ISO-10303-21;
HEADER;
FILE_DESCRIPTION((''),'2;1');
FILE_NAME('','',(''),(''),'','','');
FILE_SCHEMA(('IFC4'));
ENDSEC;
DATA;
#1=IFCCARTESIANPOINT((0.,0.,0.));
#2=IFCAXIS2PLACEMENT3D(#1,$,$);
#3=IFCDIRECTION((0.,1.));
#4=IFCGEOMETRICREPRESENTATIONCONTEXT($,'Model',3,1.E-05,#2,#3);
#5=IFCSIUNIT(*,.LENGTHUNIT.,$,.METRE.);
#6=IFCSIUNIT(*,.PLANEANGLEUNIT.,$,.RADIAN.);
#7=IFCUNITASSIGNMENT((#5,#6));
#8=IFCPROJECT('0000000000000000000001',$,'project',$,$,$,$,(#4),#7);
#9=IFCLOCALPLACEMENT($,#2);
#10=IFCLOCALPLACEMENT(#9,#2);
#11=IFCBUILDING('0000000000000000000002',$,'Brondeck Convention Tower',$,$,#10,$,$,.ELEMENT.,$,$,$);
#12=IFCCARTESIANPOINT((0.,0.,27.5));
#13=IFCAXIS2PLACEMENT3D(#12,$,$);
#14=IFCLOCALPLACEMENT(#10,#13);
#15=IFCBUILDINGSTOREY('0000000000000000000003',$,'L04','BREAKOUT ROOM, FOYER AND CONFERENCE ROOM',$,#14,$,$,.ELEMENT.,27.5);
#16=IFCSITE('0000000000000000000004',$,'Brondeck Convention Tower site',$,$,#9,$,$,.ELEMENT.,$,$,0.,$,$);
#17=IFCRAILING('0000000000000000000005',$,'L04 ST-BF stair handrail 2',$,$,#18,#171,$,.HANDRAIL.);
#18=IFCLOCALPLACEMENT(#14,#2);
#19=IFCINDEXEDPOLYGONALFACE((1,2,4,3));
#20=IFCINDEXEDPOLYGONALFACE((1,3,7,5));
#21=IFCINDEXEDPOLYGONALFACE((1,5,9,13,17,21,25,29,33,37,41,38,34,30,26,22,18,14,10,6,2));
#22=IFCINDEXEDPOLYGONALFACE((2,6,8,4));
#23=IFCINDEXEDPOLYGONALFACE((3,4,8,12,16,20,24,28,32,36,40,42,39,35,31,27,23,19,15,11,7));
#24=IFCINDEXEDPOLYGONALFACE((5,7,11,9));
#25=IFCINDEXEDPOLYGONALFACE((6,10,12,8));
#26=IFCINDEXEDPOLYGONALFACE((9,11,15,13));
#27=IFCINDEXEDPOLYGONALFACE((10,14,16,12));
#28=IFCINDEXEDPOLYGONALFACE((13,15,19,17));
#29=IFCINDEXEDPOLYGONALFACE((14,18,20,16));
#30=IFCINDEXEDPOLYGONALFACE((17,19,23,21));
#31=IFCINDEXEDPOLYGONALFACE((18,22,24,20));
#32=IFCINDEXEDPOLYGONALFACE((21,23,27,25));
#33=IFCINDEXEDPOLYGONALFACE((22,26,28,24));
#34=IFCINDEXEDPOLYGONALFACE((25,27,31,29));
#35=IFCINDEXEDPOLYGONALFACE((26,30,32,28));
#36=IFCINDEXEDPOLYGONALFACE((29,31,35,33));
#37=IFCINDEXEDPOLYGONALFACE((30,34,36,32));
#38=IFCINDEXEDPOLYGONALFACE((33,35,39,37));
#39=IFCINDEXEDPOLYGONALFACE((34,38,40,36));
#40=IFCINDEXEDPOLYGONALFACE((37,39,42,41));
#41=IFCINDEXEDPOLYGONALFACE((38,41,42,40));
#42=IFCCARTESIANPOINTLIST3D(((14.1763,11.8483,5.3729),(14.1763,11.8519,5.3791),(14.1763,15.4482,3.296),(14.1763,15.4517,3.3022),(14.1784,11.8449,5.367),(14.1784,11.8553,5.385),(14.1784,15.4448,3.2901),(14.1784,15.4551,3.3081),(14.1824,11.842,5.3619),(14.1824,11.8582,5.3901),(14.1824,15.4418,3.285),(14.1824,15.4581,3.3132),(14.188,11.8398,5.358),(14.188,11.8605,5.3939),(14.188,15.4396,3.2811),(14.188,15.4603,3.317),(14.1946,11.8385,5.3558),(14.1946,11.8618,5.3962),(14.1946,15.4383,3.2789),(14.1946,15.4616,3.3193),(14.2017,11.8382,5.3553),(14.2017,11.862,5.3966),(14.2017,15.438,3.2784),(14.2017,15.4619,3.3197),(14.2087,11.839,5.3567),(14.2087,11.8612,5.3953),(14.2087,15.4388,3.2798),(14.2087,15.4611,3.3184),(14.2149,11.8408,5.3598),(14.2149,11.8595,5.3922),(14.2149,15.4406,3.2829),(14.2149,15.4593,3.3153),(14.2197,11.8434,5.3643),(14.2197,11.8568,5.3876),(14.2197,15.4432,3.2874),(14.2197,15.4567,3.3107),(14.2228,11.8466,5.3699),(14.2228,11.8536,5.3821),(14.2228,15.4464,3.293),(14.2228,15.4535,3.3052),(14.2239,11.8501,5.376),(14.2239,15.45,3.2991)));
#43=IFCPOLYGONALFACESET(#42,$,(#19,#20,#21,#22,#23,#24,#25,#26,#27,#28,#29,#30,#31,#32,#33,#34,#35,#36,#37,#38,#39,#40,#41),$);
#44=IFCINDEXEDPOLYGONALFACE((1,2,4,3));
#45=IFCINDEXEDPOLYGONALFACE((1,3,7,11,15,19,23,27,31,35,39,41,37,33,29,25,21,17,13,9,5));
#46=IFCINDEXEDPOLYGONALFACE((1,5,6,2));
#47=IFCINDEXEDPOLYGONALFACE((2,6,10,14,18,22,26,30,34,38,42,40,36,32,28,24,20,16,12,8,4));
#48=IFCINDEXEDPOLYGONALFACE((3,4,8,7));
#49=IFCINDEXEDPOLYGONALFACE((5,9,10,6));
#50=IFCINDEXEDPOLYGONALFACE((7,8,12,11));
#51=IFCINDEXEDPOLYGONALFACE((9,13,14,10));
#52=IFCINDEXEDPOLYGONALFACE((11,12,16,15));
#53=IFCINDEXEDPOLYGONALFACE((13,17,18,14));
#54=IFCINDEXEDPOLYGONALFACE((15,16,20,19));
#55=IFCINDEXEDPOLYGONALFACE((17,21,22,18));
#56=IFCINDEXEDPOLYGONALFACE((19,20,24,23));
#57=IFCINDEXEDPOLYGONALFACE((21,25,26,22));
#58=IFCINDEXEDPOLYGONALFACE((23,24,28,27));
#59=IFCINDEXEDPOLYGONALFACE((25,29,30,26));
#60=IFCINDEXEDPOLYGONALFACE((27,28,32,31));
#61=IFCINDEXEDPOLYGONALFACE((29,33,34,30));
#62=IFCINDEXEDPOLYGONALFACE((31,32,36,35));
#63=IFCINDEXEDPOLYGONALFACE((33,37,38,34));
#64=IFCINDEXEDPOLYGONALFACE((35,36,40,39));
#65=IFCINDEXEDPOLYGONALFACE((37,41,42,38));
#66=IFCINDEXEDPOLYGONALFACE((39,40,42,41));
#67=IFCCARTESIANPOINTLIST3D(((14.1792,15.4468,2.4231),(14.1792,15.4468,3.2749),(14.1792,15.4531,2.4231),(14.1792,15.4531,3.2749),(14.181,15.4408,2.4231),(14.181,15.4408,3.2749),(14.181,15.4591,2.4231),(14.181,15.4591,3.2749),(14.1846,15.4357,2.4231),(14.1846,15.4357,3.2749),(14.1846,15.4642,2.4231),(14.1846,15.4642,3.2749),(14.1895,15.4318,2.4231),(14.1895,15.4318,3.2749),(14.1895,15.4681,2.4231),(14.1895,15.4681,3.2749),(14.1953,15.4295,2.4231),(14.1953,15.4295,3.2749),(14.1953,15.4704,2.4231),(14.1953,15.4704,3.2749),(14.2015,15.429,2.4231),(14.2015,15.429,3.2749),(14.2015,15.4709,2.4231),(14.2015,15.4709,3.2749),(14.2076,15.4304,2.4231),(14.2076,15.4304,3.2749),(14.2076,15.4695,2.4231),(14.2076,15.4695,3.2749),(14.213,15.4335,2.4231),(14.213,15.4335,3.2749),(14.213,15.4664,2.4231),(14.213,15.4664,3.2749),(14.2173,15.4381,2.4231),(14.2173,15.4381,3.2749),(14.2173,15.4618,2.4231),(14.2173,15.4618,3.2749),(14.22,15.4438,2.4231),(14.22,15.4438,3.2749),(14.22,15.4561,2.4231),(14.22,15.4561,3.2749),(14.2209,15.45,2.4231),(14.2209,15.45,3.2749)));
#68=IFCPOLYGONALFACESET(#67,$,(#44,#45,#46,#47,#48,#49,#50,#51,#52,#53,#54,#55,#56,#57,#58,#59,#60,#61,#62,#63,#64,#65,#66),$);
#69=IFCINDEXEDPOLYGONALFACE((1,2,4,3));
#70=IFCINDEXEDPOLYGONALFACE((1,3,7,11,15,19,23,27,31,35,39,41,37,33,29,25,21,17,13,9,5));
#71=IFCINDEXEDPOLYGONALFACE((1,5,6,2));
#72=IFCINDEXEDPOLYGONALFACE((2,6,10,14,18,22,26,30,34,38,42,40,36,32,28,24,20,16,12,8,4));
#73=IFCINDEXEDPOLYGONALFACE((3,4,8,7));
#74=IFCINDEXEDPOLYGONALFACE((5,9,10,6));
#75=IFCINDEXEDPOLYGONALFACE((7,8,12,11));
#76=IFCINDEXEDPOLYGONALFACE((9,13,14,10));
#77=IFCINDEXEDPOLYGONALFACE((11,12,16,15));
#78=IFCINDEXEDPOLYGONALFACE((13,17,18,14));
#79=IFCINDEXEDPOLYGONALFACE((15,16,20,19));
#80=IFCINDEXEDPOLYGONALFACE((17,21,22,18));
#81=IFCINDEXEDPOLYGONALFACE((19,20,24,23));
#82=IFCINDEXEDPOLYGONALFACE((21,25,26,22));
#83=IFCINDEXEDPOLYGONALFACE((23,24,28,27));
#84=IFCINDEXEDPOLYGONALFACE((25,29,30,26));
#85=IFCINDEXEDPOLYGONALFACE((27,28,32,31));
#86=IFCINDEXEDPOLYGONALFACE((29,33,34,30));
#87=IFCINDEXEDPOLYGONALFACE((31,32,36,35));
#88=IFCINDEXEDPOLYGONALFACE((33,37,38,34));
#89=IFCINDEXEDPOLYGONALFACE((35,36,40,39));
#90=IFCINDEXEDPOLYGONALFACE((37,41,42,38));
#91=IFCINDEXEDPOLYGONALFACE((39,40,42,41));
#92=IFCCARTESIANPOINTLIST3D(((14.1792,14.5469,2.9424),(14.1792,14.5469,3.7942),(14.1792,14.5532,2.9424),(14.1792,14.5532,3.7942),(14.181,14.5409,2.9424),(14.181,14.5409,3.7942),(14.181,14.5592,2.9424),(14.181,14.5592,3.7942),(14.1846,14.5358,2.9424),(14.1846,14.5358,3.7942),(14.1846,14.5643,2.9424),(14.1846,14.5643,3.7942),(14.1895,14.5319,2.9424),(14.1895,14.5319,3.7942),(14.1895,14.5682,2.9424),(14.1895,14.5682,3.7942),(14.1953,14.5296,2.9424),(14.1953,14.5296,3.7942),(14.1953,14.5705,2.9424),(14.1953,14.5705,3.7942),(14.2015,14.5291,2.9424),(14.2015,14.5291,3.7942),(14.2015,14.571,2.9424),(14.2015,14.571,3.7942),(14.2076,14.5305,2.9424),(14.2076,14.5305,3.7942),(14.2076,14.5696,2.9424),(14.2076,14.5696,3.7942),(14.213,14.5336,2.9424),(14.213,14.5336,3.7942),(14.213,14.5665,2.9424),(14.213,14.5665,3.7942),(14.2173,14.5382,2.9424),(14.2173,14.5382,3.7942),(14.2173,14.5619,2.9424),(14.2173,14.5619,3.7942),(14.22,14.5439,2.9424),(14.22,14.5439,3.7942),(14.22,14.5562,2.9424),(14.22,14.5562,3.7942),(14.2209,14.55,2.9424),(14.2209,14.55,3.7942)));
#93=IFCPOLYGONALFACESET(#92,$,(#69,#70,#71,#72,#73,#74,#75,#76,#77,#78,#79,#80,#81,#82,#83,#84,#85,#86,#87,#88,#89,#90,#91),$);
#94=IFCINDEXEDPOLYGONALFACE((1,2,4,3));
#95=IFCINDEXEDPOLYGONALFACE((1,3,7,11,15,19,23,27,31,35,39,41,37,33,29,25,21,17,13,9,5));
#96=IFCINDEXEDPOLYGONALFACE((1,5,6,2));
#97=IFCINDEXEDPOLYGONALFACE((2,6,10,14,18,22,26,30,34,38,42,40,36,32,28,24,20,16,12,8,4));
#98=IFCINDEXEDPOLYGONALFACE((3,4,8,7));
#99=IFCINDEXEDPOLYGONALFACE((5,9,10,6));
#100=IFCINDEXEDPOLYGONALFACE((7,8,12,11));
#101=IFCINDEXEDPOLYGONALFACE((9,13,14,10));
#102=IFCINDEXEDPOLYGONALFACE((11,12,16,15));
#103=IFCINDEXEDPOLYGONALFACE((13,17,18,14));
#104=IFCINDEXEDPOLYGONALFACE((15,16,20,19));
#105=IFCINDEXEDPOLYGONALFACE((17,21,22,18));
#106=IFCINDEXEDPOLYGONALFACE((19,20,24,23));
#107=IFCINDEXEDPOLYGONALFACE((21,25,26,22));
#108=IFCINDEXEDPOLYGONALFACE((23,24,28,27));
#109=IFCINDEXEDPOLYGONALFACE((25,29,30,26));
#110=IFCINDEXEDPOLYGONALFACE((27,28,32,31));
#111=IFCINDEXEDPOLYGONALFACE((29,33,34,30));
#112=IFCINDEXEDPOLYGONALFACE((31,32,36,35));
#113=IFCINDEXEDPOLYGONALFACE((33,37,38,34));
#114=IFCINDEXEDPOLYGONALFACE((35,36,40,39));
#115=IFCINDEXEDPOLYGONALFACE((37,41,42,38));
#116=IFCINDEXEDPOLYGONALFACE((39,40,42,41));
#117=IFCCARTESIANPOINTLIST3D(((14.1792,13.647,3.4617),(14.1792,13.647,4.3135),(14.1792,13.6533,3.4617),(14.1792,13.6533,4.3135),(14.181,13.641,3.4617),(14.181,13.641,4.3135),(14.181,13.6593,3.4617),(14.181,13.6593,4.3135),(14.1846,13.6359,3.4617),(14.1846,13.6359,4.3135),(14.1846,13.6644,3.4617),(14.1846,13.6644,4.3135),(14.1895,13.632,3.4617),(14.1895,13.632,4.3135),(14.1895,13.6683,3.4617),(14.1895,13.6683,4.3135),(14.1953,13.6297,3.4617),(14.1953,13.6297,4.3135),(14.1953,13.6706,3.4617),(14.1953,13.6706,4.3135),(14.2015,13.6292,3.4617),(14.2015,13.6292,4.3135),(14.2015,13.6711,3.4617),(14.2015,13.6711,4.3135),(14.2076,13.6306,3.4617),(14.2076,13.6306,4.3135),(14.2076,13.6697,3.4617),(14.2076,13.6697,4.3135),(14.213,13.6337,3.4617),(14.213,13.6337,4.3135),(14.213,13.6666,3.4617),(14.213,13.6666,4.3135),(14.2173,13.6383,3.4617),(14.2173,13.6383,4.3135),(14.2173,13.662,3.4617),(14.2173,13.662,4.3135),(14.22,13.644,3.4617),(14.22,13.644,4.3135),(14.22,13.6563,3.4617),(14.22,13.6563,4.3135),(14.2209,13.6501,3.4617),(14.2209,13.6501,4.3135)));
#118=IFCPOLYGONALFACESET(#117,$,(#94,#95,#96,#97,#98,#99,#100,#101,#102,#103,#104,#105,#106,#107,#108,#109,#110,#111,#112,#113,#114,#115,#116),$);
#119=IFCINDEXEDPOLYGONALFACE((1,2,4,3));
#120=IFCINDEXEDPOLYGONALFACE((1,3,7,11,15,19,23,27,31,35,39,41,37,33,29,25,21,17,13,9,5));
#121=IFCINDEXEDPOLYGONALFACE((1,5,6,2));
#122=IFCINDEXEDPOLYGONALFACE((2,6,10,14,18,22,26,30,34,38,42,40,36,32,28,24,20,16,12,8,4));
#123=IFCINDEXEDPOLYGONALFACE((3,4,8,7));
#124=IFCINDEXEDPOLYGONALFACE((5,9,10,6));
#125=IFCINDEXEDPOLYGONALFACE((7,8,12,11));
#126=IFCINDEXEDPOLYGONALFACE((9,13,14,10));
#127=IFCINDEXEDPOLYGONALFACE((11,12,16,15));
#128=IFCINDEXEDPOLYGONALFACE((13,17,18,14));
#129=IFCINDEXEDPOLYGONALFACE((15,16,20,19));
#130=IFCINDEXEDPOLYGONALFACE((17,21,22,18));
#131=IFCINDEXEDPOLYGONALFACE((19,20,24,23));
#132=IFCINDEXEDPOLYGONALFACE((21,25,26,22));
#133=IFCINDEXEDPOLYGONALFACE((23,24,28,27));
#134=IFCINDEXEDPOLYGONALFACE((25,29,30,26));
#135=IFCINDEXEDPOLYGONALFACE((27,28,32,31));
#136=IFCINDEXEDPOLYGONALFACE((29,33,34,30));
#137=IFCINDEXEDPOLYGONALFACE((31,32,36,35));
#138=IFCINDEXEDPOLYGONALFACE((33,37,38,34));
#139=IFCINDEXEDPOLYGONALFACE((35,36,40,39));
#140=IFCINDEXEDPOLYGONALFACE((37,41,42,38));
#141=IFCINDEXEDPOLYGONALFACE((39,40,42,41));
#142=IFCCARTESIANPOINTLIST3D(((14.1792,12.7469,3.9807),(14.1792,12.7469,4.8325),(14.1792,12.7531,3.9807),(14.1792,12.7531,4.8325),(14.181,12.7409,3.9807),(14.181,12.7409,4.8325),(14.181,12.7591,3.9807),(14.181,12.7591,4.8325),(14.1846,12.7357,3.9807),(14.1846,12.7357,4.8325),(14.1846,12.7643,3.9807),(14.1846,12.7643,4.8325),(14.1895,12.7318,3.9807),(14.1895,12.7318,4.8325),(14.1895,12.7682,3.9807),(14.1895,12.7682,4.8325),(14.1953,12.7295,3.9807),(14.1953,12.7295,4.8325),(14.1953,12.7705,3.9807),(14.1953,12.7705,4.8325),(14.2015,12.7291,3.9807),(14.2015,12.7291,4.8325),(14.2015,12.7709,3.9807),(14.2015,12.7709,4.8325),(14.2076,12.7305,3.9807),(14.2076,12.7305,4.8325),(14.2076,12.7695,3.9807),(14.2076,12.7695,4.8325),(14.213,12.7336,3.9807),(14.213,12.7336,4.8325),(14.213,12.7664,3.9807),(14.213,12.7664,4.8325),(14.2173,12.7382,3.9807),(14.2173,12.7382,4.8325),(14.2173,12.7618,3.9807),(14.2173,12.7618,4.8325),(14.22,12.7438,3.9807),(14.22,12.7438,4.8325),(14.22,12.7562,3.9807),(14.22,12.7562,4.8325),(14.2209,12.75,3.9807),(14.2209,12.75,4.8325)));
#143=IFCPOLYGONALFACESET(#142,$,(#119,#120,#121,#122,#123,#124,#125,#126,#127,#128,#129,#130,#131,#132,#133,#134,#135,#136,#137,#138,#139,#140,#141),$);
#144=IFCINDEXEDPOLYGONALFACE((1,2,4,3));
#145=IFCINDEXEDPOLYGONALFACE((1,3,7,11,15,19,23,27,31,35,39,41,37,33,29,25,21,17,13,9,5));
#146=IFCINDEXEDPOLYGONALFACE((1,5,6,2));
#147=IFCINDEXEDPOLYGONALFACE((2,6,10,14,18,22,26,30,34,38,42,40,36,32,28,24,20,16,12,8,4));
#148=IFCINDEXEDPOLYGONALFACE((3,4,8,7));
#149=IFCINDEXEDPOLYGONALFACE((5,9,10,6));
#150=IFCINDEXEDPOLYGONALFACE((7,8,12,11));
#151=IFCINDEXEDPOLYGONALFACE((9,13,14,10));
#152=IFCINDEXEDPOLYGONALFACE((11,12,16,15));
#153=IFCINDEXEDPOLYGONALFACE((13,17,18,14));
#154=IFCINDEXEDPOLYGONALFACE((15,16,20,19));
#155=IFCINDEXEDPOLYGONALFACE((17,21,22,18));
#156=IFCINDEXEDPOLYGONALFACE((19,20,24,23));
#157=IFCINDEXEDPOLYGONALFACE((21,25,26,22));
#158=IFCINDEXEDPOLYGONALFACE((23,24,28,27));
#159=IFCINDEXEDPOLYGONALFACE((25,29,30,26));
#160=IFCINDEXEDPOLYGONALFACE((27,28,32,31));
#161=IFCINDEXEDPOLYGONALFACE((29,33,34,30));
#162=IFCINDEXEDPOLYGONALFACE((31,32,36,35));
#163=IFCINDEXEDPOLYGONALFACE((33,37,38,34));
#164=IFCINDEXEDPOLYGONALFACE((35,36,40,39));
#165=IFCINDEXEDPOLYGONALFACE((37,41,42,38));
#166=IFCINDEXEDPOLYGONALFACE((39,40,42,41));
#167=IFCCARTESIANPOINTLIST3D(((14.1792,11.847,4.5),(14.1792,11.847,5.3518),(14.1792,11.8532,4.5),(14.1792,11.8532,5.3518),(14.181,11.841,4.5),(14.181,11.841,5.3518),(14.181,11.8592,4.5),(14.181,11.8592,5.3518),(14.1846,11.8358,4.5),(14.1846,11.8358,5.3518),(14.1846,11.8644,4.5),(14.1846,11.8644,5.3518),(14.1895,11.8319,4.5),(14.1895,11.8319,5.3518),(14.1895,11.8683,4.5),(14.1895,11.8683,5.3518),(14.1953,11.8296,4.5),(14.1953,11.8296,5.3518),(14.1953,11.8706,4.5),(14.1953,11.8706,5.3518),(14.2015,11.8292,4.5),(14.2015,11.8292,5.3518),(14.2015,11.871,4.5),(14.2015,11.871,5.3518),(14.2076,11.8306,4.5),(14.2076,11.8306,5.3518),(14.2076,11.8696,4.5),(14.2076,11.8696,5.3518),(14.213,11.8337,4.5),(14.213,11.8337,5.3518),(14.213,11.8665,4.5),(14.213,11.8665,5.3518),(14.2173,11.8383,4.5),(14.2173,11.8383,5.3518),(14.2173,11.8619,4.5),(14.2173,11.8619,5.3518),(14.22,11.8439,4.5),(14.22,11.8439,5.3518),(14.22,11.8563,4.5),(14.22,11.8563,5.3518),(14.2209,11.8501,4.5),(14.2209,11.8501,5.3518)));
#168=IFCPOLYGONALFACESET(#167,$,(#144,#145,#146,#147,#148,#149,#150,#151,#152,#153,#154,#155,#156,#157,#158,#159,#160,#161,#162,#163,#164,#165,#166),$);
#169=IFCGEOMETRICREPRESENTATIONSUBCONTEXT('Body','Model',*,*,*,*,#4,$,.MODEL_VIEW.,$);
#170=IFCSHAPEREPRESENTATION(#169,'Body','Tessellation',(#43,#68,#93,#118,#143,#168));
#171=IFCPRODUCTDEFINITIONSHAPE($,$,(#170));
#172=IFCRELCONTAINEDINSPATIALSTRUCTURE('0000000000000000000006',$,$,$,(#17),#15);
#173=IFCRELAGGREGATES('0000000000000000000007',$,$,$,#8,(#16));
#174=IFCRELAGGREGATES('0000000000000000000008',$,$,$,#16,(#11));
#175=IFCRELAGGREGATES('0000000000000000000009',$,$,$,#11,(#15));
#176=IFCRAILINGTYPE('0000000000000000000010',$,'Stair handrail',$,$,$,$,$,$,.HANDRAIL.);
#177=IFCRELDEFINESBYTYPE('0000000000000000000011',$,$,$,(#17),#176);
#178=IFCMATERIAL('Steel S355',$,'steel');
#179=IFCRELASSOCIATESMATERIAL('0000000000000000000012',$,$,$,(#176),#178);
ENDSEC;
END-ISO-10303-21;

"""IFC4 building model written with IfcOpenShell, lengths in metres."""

from ifc_helpers import new_model, si_unit, direction, frame, origin, origin_2d, place, context, subcontext, project, spatial, circle, extrude, material, type_object, element, save


model = new_model("IFC4")

# Units and contexts
model_context = context("Model", 3, precision=1e-05, world=origin(), true_north=direction((0.0, 1.0)))
body_context = subcontext(model_context, "Body", "Model", "MODEL_VIEW")
ifc_project = project(units=[si_unit("LENGTHUNIT", "METRE"), si_unit("PLANEANGLEUNIT", "RADIAN")], contexts=[model_context])

# Site, building, storey
site_placement = place(None, origin())
site = spatial("IfcSite", under=ifc_project, at=site_placement, Name="Brondeck Convention Tower site", CompositionType="ELEMENT", RefElevation=0.0)
building_placement = place(site_placement, origin())
building = spatial("IfcBuilding", under=site, at=building_placement, Name="Brondeck Convention Tower", CompositionType="ELEMENT")
storey_placement = place(building_placement, frame((0.0, 0.0, 27.5)))
storey = spatial("IfcBuildingStorey", under=building, at=storey_placement, Name="L04", Description="BREAKOUT ROOM, FOYER AND CONFERENCE ROOM", CompositionType="ELEMENT", Elevation=27.5)

# Shared definitions
ifc_material_1 = material(Name="Steel S355", Category="steel")

# Railing
railing_type_1 = type_object("IfcRailingType", Name="Stair handrail", PredefinedType="HANDRAIL", material=ifc_material_1)
railing_1_placement = place(storey_placement, frame((14.2, 15.45, 2.4231)))
element("IfcRailing", 1, at=railing_1_placement, inside=storey, type_object=railing_type_1, Name="L04 ST-BF stair handrail 2", PredefinedType="HANDRAIL", context=body_context, shape_type="SweptSolid", body=[
    extrude(circle(Radius=0.0239, at=origin_2d()), frame((0.0, 0.0, 0.876), z_axis=(0.0, -0.866179, 0.499734), x_axis=(1.0, 0.0, 0.0)), (0.0, 0.0, 1.0), 4.156),
    extrude(circle(Radius=0.021, at=origin_2d()), origin(), (0.0, 0.0, 1.0), 0.8518),
    extrude(circle(Radius=0.021, at=origin_2d()), frame((0.0, -0.8999, 0.5193)), (0.0, 0.0, 1.0), 0.8518),
    extrude(circle(Radius=0.021, at=origin_2d()), frame((0.0, -1.7998, 1.0386)), (0.0, 0.0, 1.0), 0.8518),
    extrude(circle(Radius=0.021, at=origin_2d()), frame((0.0, -2.7, 1.5576)), (0.0, 0.0, 1.0), 0.8518),
    extrude(circle(Radius=0.021, at=origin_2d()), frame((0.0, -3.5999, 2.0769)), (0.0, 0.0, 1.0), 0.8518),
])

save(model, "model.ifc")
